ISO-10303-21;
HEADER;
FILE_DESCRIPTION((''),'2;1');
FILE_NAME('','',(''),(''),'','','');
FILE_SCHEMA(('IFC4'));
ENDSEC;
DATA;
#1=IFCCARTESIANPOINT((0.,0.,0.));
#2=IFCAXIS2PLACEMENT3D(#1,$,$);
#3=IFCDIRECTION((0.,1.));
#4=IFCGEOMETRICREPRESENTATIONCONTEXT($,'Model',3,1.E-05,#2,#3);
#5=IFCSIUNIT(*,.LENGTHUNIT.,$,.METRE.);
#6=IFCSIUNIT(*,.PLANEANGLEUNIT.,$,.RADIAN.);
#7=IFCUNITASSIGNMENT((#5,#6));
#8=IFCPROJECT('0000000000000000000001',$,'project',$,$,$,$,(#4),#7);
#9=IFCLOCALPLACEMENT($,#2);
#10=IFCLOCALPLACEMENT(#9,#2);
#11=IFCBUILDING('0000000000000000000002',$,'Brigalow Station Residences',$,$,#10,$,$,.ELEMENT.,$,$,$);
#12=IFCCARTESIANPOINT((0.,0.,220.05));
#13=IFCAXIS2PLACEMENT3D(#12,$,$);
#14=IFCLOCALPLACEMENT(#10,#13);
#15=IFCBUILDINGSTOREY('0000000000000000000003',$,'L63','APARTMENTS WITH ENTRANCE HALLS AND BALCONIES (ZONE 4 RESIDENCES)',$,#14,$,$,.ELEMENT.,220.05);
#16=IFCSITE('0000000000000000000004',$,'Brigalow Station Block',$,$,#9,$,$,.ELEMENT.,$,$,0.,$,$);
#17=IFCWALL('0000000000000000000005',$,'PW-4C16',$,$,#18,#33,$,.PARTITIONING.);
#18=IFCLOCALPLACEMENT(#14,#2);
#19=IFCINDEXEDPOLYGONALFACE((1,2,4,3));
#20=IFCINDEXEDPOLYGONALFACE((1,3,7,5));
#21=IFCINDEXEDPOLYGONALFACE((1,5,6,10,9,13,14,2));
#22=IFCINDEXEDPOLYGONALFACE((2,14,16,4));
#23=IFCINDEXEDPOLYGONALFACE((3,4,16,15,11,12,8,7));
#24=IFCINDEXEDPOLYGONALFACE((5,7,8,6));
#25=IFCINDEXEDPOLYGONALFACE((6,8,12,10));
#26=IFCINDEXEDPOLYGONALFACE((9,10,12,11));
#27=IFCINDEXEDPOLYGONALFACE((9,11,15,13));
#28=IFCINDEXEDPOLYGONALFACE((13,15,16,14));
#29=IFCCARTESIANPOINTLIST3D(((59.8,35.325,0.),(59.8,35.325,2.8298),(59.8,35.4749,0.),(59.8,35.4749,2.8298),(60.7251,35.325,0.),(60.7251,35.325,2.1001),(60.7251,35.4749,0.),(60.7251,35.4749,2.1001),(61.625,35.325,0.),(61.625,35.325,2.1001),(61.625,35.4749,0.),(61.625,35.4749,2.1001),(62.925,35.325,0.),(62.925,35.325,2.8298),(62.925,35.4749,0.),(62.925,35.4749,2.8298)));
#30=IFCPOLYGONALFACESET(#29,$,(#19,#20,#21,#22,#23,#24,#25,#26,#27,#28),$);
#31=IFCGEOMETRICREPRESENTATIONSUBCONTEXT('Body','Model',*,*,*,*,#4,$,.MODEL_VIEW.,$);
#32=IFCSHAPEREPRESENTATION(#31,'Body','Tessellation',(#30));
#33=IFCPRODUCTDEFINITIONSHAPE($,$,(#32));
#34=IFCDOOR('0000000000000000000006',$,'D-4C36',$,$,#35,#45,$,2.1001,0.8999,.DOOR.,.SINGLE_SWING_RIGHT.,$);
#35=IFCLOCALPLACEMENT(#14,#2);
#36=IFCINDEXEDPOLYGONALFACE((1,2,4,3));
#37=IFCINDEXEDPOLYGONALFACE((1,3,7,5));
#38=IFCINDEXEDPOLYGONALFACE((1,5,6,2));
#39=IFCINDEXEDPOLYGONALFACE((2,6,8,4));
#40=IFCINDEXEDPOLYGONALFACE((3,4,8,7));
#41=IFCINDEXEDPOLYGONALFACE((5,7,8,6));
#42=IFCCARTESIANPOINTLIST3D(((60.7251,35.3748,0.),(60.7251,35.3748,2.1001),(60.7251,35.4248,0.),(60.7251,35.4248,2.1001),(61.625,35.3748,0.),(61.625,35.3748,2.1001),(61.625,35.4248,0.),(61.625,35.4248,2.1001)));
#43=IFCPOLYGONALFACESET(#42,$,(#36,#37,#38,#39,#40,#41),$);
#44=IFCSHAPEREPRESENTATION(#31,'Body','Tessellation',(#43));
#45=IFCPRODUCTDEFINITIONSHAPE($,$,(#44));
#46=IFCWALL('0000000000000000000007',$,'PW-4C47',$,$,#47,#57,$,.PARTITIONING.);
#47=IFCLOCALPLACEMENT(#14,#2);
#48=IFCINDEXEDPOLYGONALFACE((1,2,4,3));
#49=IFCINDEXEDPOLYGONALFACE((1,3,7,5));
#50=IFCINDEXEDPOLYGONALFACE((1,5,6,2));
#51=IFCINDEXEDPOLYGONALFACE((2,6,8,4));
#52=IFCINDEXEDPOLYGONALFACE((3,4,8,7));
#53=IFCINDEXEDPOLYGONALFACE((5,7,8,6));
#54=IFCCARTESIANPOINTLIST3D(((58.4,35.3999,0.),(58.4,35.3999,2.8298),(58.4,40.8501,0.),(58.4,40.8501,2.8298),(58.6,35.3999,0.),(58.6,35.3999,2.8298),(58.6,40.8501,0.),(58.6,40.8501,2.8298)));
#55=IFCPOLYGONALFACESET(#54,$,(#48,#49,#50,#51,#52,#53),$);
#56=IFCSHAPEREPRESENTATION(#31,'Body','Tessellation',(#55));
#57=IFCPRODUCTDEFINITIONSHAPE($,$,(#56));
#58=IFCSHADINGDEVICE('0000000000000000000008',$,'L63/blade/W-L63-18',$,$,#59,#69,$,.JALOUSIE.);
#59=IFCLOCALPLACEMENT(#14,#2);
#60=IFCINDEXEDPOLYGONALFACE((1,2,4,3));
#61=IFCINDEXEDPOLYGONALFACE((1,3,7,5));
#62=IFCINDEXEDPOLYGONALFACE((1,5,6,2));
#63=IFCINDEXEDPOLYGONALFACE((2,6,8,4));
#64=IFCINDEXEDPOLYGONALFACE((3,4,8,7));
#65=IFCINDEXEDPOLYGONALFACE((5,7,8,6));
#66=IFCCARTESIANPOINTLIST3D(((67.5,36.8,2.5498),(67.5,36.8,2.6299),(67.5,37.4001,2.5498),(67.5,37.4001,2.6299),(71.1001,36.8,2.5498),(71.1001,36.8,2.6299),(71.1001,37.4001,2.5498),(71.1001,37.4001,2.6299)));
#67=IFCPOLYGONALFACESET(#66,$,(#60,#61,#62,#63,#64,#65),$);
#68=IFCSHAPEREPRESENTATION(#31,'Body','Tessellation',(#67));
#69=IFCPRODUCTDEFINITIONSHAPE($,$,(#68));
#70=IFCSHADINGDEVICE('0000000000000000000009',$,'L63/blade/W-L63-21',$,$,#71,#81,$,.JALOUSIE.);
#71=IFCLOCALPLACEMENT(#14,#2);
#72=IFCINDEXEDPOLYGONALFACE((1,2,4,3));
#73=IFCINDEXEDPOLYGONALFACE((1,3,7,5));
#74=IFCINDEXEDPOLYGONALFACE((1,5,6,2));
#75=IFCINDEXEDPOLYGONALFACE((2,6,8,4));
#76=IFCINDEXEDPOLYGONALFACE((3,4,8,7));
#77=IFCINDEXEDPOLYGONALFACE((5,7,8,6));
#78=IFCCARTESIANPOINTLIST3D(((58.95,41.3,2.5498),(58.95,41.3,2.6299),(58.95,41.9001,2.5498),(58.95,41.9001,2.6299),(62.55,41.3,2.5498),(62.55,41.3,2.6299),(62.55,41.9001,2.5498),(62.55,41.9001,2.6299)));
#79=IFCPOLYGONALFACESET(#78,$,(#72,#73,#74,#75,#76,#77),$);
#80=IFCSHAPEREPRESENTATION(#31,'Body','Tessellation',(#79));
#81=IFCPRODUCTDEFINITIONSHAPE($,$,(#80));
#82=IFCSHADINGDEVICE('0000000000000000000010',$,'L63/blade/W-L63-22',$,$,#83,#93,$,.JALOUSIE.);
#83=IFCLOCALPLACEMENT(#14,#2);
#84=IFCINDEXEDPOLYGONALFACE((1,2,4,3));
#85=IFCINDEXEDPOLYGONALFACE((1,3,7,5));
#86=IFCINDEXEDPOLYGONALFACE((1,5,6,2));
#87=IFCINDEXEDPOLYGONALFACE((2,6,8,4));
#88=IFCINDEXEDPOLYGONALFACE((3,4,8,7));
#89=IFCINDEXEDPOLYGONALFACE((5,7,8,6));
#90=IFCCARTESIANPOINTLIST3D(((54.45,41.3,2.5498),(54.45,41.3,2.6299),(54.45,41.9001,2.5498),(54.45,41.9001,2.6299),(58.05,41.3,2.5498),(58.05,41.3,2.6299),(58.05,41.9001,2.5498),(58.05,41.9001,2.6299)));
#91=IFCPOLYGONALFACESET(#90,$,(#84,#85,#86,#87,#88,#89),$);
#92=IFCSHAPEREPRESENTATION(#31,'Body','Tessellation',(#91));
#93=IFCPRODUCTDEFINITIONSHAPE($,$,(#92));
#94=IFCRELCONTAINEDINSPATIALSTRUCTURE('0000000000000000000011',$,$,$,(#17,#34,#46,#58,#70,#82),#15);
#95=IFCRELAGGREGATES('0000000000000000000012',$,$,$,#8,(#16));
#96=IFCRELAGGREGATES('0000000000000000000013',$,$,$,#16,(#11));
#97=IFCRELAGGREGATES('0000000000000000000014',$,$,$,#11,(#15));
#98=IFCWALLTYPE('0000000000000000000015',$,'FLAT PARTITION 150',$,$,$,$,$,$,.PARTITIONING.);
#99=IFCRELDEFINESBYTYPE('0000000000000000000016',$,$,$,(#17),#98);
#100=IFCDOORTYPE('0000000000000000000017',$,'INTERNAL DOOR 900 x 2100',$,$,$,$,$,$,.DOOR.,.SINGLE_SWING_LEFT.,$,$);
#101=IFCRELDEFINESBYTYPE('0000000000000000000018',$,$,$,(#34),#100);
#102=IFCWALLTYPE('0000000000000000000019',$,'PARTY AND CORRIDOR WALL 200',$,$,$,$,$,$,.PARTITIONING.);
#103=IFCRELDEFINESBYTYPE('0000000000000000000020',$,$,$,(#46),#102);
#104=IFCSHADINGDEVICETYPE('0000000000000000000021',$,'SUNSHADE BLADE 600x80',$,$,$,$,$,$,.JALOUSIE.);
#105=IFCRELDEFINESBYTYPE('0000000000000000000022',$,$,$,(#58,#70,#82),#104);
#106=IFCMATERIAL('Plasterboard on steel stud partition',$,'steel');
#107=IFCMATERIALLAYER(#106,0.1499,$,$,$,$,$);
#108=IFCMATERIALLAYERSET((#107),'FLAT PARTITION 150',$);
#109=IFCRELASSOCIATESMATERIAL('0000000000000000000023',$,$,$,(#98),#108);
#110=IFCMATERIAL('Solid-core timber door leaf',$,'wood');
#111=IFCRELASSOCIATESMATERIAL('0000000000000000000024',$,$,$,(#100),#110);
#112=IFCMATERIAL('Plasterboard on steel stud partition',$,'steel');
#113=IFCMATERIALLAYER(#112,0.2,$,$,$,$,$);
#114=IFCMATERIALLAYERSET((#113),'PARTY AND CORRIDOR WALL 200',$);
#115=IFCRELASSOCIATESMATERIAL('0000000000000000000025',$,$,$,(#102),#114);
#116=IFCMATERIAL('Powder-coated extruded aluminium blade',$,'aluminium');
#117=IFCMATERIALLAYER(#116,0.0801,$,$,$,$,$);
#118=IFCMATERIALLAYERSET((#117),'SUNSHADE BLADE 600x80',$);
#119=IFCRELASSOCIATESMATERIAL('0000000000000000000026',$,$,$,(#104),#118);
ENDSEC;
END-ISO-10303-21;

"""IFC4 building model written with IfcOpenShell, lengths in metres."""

from ifc_helpers import new_model, si_unit, direction, frame, frame_2d, origin, origin_2d, place, context, subcontext, project, spatial, rectangle, extrude, material, layer, layer_set, type_object, element, fill, save


model = new_model("IFC4")

# Units and contexts
model_context = context("Model", 3, precision=1e-05, world=origin(), true_north=direction((0.0, 1.0)))
body_context = subcontext(model_context, "Body", "Model", "MODEL_VIEW")
ifc_project = project(units=[si_unit("LENGTHUNIT", "METRE"), si_unit("PLANEANGLEUNIT", "RADIAN")], contexts=[model_context])

# Site, building, storey
site_placement = place(None, origin())
site = spatial("IfcSite", under=ifc_project, at=site_placement, Name="Brigalow Station Block", CompositionType="ELEMENT", RefElevation=0.0)
building_placement = place(site_placement, origin())
building = spatial("IfcBuilding", under=site, at=building_placement, Name="Brigalow Station Residences", CompositionType="ELEMENT")
storey_placement = place(building_placement, frame((0.0, 0.0, 220.05)))
storey = spatial("IfcBuildingStorey", under=building, at=storey_placement, Name="L63", Description="APARTMENTS WITH ENTRANCE HALLS AND BALCONIES (ZONE 4 RESIDENCES)", CompositionType="ELEMENT", Elevation=220.05)

# Wall, opening, door
ifc_material_1 = material(Name="Plasterboard on steel stud partition", Category="steel")
ifc_layer_1 = layer(ifc_material_1, 0.1499)
ifc_layer_set_1 = layer_set([ifc_layer_1], Name="FLAT PARTITION 150")
wall_type_1 = type_object("IfcWallType", Name="FLAT PARTITION 150", PredefinedType="PARTITIONING", material=ifc_layer_set_1)
wall_1_placement = place(storey_placement, frame((59.8, 35.3999, 0.0), z_axis=(0.0, 0.0, 1.0), x_axis=(1.0, 0.0, 0.0)))
wall_1 = element("IfcWall", 1, at=wall_1_placement, inside=storey, type_object=wall_type_1, Name="PW-4C16", PredefinedType="PARTITIONING", context=body_context, shape_type="SweptSolid", body=[
    extrude(rectangle(XDim=3.125, YDim=0.1499, at=frame_2d((1.5625, 0.0))), origin(), (0.0, 0.0, 1.0), 2.8298),
])
opening_1_placement = place(wall_1_placement, frame((0.925, 0.0, 0.0)))
opening_1 = element("IfcOpeningElement", 2, at=opening_1_placement, cuts=wall_1, PredefinedType="OPENING", context=body_context, shape_type="SweptSolid", body=[
    extrude(rectangle(XDim=0.8999, YDim=2.1001, at=frame_2d((0.45, 1.05))), frame((0.0, 0.085, 0.0), z_axis=(0.0, -1.0, 0.0), x_axis=(1.0, 0.0, 0.0)), (0.0, 0.0, 1.0), 0.1699),
])
ifc_material_2 = material(Name="Solid-core timber door leaf", Category="wood")
door_type_1 = type_object("IfcDoorType", Name="INTERNAL DOOR 900 x 2100", OperationType="SINGLE_SWING_LEFT", PredefinedType="DOOR", material=ifc_material_2)
door_1_placement = place(opening_1_placement, origin())
door_1 = element("IfcDoor", 3, at=door_1_placement, inside=storey, type_object=door_type_1, Name="D-4C36", OperationType="SINGLE_SWING_RIGHT", OverallHeight=2.1001, OverallWidth=0.8999, PredefinedType="DOOR", context=body_context, shape_type="SweptSolid", body=[
    extrude(rectangle(XDim=0.8999, YDim=2.1001, at=frame_2d((0.45, 1.05))), frame((0.0, 0.0249, 0.0), z_axis=(0.0, -1.0, 0.0), x_axis=(1.0, 0.0, 0.0)), (0.0, 0.0, 1.0), 0.05),
])
fill(opening_1, door_1)

# Wall
ifc_material_3 = material(Name="Plasterboard on steel stud partition", Category="steel")
ifc_layer_2 = layer(ifc_material_3, 0.2)
ifc_layer_set_2 = layer_set([ifc_layer_2], Name="PARTY AND CORRIDOR WALL 200")
wall_type_2 = type_object("IfcWallType", Name="PARTY AND CORRIDOR WALL 200", PredefinedType="PARTITIONING", material=ifc_layer_set_2)
wall_2_placement = place(storey_placement, frame((58.5, 35.3999, 0.0), z_axis=(0.0, 0.0, 1.0), x_axis=(0.0, 1.0, 0.0)))
element("IfcWall", 4, at=wall_2_placement, inside=storey, type_object=wall_type_2, Name="PW-4C47", PredefinedType="PARTITIONING", context=body_context, shape_type="SweptSolid", body=[
    extrude(rectangle(XDim=5.4502, YDim=0.2, at=frame_2d((2.7251, 0.0))), origin(), (0.0, 0.0, 1.0), 2.8298),
])

# Shading devices
ifc_material_4 = material(Name="Powder-coated extruded aluminium blade", Category="aluminium")
ifc_layer_3 = layer(ifc_material_4, 0.0801)
ifc_layer_set_3 = layer_set([ifc_layer_3], Name="SUNSHADE BLADE 600x80")
shading_device_type = type_object("IfcShadingDeviceType", Name="SUNSHADE BLADE 600x80", PredefinedType="JALOUSIE", material=ifc_layer_set_3)
for number, where, z_axis, x_axis, name in (
    (5, (69.3, 37.1001, 2.5498), (0.0, 0.0, 1.0), (-1.0, 0.0, 0.0), "L63/blade/W-L63-18"),
    (6, (60.75, 41.6001, 2.5498), (0.0, 0.0, 1.0), (-1.0, 0.0, 0.0), "L63/blade/W-L63-21"),
    (7, (56.25, 41.6001, 2.5498), (0.0, 0.0, 1.0), (-1.0, 0.0, 0.0), "L63/blade/W-L63-22"),
):
    element("IfcShadingDevice", number, at=place(storey_placement, frame(where, z_axis=z_axis, x_axis=x_axis)), inside=storey, type_object=shading_device_type, Name=name, PredefinedType="JALOUSIE", context=body_context, shape_type="SweptSolid", body=[
        extrude(rectangle(XDim=3.6001, YDim=0.6001, at=origin_2d()), origin(), (0.0, 0.0, 1.0), 0.0801),
    ])

save(model, "model.ifc")
